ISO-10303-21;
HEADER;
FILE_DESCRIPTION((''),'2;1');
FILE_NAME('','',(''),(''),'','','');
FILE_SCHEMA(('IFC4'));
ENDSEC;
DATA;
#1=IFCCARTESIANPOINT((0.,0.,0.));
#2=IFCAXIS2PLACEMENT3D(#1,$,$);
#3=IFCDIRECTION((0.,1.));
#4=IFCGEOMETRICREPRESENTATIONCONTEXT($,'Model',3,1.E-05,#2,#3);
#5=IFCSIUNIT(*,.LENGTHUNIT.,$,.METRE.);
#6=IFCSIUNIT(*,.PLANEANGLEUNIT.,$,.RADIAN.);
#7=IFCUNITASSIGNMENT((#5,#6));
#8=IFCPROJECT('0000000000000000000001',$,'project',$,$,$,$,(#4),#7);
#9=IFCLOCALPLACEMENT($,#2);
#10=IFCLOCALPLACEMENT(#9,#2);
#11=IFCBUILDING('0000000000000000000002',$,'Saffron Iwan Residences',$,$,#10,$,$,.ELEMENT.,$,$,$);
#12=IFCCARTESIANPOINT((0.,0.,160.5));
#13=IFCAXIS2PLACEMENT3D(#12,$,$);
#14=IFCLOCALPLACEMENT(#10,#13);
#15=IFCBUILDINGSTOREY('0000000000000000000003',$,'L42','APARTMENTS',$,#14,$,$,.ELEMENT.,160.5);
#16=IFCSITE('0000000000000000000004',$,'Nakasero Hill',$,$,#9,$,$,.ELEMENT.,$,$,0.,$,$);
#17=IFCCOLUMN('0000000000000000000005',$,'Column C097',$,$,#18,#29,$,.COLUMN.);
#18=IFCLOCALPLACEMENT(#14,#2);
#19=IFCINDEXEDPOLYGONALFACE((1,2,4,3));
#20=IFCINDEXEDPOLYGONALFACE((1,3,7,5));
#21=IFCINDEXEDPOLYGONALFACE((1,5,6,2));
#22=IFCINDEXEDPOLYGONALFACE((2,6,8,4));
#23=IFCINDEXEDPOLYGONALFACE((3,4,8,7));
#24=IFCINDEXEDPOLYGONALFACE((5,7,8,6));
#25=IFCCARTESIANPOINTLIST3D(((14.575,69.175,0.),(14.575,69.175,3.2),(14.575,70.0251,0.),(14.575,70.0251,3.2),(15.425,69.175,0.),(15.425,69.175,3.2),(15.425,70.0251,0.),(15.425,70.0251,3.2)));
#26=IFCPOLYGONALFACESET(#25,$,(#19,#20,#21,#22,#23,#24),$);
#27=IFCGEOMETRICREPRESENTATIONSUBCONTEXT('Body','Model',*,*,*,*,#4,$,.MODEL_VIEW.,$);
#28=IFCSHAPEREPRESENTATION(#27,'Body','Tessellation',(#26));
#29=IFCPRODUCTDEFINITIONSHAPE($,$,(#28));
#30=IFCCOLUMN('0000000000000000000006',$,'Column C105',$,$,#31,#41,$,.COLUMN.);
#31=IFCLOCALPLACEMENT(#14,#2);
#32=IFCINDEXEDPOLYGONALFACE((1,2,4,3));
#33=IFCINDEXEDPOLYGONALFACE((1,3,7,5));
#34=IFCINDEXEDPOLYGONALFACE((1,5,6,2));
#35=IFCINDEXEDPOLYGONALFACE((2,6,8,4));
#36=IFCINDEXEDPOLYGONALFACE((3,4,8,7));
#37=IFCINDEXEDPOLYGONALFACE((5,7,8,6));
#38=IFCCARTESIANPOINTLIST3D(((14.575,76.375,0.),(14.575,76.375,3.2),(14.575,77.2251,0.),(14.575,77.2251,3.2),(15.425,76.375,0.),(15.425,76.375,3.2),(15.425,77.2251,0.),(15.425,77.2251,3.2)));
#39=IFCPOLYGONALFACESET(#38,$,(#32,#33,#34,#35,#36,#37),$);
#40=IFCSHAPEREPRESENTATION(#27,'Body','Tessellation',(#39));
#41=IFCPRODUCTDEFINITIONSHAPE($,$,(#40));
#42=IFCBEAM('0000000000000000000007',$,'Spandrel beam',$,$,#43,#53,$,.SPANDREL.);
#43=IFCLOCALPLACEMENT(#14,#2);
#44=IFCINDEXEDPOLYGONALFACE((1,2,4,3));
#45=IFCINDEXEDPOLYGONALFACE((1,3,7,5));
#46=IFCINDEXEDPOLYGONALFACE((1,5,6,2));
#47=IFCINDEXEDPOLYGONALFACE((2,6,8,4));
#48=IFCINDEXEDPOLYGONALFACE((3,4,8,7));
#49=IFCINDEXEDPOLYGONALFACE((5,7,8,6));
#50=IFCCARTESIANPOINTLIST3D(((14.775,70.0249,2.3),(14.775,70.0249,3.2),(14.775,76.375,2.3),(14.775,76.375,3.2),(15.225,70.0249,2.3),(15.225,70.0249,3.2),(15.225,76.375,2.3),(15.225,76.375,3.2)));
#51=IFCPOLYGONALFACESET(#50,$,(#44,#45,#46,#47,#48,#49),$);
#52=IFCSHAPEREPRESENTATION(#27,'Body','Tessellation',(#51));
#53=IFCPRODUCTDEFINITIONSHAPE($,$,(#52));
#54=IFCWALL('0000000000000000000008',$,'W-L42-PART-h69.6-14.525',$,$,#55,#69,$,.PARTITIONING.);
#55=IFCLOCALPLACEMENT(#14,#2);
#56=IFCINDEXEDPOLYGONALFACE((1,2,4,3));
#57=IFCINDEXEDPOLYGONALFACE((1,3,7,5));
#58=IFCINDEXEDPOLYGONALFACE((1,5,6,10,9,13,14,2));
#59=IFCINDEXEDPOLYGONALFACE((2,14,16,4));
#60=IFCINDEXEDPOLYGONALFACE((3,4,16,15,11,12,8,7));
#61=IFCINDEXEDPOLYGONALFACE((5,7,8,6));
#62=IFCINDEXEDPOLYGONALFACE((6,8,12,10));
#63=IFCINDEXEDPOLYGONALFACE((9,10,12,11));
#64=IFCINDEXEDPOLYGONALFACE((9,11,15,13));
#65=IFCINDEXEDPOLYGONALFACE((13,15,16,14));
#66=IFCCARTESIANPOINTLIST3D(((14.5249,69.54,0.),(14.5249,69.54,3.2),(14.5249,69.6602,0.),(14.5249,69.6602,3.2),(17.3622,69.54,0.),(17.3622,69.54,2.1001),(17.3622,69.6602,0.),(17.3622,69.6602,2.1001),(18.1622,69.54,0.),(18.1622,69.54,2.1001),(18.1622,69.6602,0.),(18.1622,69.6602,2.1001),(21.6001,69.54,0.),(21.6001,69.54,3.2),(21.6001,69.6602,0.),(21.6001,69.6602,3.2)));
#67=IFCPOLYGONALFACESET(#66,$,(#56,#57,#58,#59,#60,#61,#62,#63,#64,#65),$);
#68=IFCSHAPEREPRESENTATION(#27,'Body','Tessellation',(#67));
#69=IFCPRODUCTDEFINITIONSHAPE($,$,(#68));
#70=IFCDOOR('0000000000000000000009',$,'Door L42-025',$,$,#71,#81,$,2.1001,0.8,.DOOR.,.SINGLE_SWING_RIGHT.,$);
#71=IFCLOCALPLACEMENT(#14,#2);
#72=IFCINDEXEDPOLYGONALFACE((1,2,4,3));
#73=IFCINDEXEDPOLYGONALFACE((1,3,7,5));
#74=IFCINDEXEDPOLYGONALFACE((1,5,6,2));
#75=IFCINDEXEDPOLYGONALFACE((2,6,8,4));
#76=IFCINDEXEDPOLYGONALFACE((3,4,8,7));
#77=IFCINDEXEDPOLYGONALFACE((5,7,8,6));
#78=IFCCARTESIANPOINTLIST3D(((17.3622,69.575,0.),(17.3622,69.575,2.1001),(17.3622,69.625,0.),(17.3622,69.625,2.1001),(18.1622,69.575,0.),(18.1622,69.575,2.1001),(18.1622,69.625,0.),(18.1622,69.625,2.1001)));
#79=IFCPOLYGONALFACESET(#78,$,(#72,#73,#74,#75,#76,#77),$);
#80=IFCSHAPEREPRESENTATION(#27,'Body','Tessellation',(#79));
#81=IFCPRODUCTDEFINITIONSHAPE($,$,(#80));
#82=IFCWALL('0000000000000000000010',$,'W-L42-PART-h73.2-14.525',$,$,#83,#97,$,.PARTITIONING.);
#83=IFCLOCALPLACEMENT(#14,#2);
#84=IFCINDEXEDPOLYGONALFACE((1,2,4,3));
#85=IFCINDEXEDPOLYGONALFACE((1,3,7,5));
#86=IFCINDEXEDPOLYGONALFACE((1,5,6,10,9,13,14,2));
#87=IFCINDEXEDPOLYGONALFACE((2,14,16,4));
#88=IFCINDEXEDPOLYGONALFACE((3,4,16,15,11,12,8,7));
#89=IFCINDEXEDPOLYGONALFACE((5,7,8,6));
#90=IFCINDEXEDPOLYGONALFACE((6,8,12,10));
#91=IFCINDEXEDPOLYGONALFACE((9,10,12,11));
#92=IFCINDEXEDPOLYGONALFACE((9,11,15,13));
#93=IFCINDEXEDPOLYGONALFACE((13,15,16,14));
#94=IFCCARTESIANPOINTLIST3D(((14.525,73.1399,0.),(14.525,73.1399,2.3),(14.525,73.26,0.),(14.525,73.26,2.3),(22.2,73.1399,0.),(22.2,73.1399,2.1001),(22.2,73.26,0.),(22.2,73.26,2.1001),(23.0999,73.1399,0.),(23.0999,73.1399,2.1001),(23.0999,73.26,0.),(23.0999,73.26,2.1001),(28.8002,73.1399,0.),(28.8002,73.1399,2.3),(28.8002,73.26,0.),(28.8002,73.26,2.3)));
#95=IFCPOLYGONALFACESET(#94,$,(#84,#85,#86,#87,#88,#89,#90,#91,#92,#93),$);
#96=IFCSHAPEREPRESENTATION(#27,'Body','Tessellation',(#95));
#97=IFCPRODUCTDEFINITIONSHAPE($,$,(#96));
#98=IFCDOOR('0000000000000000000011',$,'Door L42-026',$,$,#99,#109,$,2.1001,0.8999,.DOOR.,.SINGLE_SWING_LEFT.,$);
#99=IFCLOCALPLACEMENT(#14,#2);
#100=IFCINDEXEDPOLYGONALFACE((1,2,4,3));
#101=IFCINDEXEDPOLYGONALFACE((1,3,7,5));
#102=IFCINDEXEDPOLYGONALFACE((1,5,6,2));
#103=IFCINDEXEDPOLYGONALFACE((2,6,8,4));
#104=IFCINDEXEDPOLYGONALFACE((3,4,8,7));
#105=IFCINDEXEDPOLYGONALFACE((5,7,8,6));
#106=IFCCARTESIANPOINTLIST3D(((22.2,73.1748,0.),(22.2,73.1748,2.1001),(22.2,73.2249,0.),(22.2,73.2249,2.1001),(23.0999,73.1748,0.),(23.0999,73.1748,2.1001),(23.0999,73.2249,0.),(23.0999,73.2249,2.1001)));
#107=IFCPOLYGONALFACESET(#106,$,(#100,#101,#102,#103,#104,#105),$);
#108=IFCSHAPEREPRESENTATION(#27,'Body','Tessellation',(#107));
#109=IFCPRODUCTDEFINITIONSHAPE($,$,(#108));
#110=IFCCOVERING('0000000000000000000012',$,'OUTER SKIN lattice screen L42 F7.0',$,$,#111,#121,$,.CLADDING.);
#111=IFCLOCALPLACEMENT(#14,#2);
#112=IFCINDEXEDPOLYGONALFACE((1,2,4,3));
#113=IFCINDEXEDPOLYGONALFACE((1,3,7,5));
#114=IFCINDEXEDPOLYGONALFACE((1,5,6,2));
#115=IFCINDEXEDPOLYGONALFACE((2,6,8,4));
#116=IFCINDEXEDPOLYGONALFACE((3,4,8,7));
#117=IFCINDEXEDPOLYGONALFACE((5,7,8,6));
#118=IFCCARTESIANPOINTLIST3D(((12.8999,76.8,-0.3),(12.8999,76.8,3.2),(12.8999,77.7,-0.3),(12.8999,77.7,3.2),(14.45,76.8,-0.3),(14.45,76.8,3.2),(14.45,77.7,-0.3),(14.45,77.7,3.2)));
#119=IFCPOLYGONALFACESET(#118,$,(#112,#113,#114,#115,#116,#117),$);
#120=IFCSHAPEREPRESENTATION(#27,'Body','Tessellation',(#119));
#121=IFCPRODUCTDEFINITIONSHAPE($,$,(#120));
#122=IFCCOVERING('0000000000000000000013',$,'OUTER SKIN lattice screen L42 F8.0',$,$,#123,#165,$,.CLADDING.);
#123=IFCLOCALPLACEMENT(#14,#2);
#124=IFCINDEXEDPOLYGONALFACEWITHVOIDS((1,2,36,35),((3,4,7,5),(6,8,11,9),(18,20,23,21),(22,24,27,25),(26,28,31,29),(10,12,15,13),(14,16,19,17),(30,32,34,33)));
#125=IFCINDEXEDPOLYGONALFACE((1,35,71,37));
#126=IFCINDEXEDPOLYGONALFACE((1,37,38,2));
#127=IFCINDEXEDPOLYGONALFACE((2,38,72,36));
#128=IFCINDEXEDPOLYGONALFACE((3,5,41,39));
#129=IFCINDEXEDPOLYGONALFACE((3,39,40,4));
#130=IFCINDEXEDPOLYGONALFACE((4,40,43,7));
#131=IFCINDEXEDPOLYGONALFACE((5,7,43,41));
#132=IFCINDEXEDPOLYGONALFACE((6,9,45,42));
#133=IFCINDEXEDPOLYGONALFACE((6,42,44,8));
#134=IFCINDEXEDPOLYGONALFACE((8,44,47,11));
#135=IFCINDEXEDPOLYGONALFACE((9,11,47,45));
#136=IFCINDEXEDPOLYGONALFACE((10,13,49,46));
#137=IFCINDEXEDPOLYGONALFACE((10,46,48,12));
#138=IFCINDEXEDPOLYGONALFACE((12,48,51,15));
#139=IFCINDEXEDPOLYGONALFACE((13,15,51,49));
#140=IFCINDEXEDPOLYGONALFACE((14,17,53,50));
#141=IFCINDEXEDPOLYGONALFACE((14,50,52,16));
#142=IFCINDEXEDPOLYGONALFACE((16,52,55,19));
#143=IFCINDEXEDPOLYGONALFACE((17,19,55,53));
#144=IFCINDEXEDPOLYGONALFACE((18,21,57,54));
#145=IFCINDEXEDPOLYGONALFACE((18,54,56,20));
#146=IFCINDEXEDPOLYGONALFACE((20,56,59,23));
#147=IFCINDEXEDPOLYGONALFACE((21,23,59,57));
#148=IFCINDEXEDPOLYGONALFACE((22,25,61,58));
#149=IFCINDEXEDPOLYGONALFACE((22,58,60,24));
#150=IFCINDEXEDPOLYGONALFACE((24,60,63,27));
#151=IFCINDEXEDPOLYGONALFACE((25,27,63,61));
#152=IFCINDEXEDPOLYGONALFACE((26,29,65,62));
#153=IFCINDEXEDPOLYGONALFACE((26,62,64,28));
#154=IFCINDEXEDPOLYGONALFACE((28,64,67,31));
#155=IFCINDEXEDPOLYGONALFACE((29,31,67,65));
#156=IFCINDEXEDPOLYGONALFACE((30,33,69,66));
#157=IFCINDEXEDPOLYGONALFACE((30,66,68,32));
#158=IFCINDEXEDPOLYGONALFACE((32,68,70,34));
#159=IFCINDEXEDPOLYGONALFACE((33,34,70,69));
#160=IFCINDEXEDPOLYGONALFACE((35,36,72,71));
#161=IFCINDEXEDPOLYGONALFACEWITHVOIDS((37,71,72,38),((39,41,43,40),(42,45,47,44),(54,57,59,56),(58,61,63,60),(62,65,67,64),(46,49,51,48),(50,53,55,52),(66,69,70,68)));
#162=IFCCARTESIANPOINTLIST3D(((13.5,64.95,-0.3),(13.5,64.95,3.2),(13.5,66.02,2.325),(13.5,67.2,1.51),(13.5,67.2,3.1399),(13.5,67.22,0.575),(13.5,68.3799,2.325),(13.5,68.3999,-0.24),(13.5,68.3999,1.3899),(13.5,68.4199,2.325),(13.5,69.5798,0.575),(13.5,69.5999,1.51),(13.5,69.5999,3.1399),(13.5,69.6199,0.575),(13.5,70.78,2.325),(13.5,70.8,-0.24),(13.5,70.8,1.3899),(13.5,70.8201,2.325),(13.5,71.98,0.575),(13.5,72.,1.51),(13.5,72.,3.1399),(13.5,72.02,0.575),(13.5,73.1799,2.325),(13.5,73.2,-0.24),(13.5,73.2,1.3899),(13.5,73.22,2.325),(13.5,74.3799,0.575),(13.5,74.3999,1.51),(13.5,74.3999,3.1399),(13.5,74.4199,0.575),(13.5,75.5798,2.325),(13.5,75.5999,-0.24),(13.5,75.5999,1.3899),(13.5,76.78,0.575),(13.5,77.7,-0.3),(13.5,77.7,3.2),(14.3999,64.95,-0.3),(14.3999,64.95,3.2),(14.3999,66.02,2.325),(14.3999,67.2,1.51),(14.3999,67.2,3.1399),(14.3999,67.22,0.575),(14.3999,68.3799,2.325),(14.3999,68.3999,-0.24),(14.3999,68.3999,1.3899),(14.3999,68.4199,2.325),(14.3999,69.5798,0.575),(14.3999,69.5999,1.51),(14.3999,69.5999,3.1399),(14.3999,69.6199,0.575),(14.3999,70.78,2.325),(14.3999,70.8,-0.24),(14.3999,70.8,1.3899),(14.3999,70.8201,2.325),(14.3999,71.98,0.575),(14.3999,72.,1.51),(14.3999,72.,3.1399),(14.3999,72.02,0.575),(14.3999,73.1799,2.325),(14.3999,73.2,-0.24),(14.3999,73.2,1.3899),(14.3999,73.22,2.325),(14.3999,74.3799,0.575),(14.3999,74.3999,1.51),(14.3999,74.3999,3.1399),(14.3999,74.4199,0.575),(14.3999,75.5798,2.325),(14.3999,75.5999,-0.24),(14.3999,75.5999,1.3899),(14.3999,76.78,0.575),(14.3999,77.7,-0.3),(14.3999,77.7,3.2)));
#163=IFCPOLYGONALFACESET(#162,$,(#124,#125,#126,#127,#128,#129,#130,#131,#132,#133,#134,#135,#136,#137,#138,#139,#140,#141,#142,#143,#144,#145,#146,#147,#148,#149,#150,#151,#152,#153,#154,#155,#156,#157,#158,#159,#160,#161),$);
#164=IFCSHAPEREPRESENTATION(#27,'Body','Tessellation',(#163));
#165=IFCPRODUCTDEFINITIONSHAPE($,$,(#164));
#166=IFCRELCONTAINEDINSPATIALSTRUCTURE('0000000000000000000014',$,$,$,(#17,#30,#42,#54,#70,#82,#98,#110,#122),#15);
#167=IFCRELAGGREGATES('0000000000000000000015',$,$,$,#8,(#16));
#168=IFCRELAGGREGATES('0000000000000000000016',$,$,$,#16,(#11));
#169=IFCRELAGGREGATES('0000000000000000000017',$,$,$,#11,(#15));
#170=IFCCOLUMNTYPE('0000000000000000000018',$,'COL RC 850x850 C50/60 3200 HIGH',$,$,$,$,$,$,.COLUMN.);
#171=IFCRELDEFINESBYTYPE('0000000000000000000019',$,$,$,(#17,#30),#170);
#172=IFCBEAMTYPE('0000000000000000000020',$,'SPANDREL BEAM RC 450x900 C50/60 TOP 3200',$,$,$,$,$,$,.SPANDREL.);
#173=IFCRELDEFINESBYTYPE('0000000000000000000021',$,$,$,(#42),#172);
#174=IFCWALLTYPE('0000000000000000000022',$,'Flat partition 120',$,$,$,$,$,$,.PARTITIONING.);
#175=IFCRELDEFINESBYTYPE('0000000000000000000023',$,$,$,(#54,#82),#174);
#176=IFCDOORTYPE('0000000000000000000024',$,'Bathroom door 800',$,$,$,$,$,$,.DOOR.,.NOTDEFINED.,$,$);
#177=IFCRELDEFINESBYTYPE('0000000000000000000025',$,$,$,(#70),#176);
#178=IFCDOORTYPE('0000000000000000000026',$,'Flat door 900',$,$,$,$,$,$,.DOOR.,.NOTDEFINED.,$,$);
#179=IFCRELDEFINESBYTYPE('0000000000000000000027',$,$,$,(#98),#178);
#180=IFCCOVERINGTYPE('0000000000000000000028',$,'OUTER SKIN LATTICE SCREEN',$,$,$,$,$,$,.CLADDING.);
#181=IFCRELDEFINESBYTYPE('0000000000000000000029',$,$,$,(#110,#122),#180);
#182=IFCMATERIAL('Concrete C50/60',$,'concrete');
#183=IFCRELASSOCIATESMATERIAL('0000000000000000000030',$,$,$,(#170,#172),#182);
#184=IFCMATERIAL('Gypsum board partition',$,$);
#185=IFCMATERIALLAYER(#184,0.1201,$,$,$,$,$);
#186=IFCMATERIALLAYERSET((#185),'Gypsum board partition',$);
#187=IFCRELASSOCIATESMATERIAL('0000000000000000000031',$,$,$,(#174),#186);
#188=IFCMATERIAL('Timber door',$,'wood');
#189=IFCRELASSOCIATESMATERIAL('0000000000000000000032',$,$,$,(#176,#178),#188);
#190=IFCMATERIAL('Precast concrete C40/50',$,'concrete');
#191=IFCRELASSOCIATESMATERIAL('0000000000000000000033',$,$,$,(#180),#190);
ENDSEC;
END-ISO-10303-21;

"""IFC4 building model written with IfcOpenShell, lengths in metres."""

from ifc_helpers import new_model, si_unit, direction, frame, frame_2d, origin, origin_2d, place, context, subcontext, project, spatial, polyline, rectangle, outline, extrude, source, transform, mapped, material, layer, layer_set, material_profile, profile_set, type_object, element, fill, save


model = new_model("IFC4")

# Units and contexts
model_context = context("Model", 3, precision=1e-05, world=origin(), true_north=direction((0.0, 1.0)))
body_context = subcontext(model_context, "Body", "Model", "MODEL_VIEW")
ifc_project = project(units=[si_unit("LENGTHUNIT", "METRE"), si_unit("PLANEANGLEUNIT", "RADIAN")], contexts=[model_context])

# Site, building, storey
site_placement = place(None, origin())
site = spatial("IfcSite", under=ifc_project, at=site_placement, Name="Nakasero Hill", CompositionType="ELEMENT", RefElevation=0.0)
building_placement = place(site_placement, origin())
building = spatial("IfcBuilding", under=site, at=building_placement, Name="Saffron Iwan Residences", CompositionType="ELEMENT")
storey_placement = place(building_placement, frame((0.0, 0.0, 160.5)))
storey = spatial("IfcBuildingStorey", under=building, at=storey_placement, Name="L42", Description="APARTMENTS", CompositionType="ELEMENT", Elevation=160.5)

# Columns
ifc_material_1 = material(Name="Concrete C50/60", Category="concrete")
ifc_material_profile_1 = material_profile(ifc_material_1, rectangle(XDim=0.8501, YDim=0.8501, at=origin_2d()), Name="RC 850x850")
ifc_profile_set_1 = profile_set([ifc_material_profile_1], Name="Concrete C50/60")
column_type = type_object("IfcColumnType", Name="COL RC 850x850 C50/60 3200 HIGH", PredefinedType="COLUMN", material=ifc_profile_set_1)
shared_shape_1 = source(origin(), body_context, "Body", "SweptSolid", [
    extrude(rectangle(XDim=0.8501, YDim=0.8501, at=origin_2d()), origin(), (0.0, 0.0, 1.0), 3.2),
])
for number, where, z_axis, x_axis, name in (
    (1, (15.0, 69.6001, 0.0), (0.0, 0.0, 1.0), (1.0, 0.0, 0.0), "Column C097"),
    (2, (15.0, 76.8, 0.0), (0.0, 0.0, 1.0), (1.0, 0.0, 0.0), "Column C105"),
):
    element("IfcColumn", number, at=place(storey_placement, frame(where, z_axis=z_axis, x_axis=x_axis)), inside=storey, type_object=column_type, Name=name, PredefinedType="COLUMN", context=body_context, shape_type="MappedRepresentation", body=[
        mapped(shared_shape_1, transform((0.0, 0.0, 0.0))),
    ])

# Beam
ifc_material_profile_2 = material_profile(ifc_material_1, rectangle(XDim=0.45, YDim=0.8999, at=origin_2d()), Name="RC 450x900")
ifc_profile_set_2 = profile_set([ifc_material_profile_2], Name="Concrete C50/60")
beam_type = type_object("IfcBeamType", Name="SPANDREL BEAM RC 450x900 C50/60 TOP 3200", PredefinedType="SPANDREL", material=ifc_profile_set_2)
shared_shape_2 = source(origin(), body_context, "Body", "SweptSolid", [
    extrude(rectangle(XDim=0.45, YDim=0.8999, at=origin_2d()), origin(), (0.0, 0.0, 1.0), 6.3501),
])
beam_placement = place(storey_placement, frame((15.0, 70.0249, 2.75), z_axis=(0.0, 1.0, 0.0), x_axis=(-1.0, 0.0, 0.0)))
element("IfcBeam", 3, at=beam_placement, inside=storey, type_object=beam_type, Name="Spandrel beam", PredefinedType="SPANDREL", context=body_context, shape_type="MappedRepresentation", body=[
    mapped(shared_shape_2, transform((0.0, 0.0, 0.0))),
])

# Walls, openings, doors
ifc_material_2 = material(Name="Gypsum board partition")
ifc_layer_1 = layer(ifc_material_2, 0.1201)
ifc_layer_set_1 = layer_set([ifc_layer_1], Name="Gypsum board partition")
wall_type_1 = type_object("IfcWallType", Name="Flat partition 120", PredefinedType="PARTITIONING", material=ifc_layer_set_1)
wall_1_placement = place(storey_placement, frame((14.5249, 69.6001, 0.0), z_axis=(0.0, 0.0, 1.0), x_axis=(1.0, 0.0, 0.0)))
wall_1 = element("IfcWall", 4, at=wall_1_placement, inside=storey, type_object=wall_type_1, Name="W-L42-PART-h69.6-14.525", PredefinedType="PARTITIONING", context=body_context, shape_type="SweptSolid", body=[
    extrude(rectangle(XDim=7.0752, YDim=0.1201, at=frame_2d((3.5376, 0.0))), origin(), (0.0, 0.0, 1.0), 3.2),
])
opening_1_placement = place(wall_1_placement, frame((2.8374, 0.0, 0.0)))
opening_1 = element("IfcOpeningElement", 5, at=opening_1_placement, cuts=wall_1, PredefinedType="OPENING", context=body_context, shape_type="SweptSolid", body=[
    extrude(rectangle(XDim=0.8, YDim=2.1001, at=frame_2d((0.3999, 1.05))), frame((0.0, 0.0701, 0.0), z_axis=(0.0, -1.0, 0.0), x_axis=(1.0, 0.0, 0.0)), (0.0, 0.0, 1.0), 0.1401),
])
ifc_material_3 = material(Name="Timber door", Category="wood")
door_type_1 = type_object("IfcDoorType", Name="Bathroom door 800", OperationType="NOTDEFINED", PredefinedType="DOOR", material=ifc_material_3)
door_1_placement = place(opening_1_placement, origin())
door_1 = element("IfcDoor", 6, at=door_1_placement, inside=storey, type_object=door_type_1, Name="Door L42-025", OperationType="SINGLE_SWING_RIGHT", OverallHeight=2.1001, OverallWidth=0.8, PredefinedType="DOOR", context=body_context, shape_type="SweptSolid", body=[
    extrude(rectangle(XDim=0.8, YDim=2.1001, at=frame_2d((0.3999, 1.05))), frame((0.0, 0.0249, 0.0), z_axis=(0.0, -1.0, 0.0), x_axis=(1.0, 0.0, 0.0)), (0.0, 0.0, 1.0), 0.05),
])
fill(opening_1, door_1)
wall_2_placement = place(storey_placement, frame((14.5249, 73.2, 0.0), z_axis=(0.0, 0.0, 1.0), x_axis=(1.0, 0.0, 0.0)))
wall_2 = element("IfcWall", 7, at=wall_2_placement, inside=storey, type_object=wall_type_1, Name="W-L42-PART-h73.2-14.525", PredefinedType="PARTITIONING", context=body_context, shape_type="SweptSolid", body=[
    extrude(rectangle(XDim=14.2751, YDim=0.1201, at=frame_2d((7.1377, 0.0))), origin(), (0.0, 0.0, 1.0), 2.3),
])
opening_2_placement = place(wall_2_placement, frame((7.675, 0.0, 0.0)))
opening_2 = element("IfcOpeningElement", 8, at=opening_2_placement, cuts=wall_2, PredefinedType="OPENING", context=body_context, shape_type="SweptSolid", body=[
    extrude(rectangle(XDim=0.8999, YDim=2.1001, at=frame_2d((0.45, 1.05))), frame((0.0, 0.0701, 0.0), z_axis=(0.0, -1.0, 0.0), x_axis=(1.0, 0.0, 0.0)), (0.0, 0.0, 1.0), 0.1401),
])
door_type_2 = type_object("IfcDoorType", Name="Flat door 900", OperationType="NOTDEFINED", PredefinedType="DOOR", material=ifc_material_3)
door_2_placement = place(opening_2_placement, origin())
door_2 = element("IfcDoor", 9, at=door_2_placement, inside=storey, type_object=door_type_2, Name="Door L42-026", OperationType="SINGLE_SWING_LEFT", OverallHeight=2.1001, OverallWidth=0.8999, PredefinedType="DOOR", context=body_context, shape_type="SweptSolid", body=[
    extrude(rectangle(XDim=0.8999, YDim=2.1001, at=frame_2d((0.45, 1.05))), frame((0.0, 0.0249, 0.0), z_axis=(0.0, -1.0, 0.0), x_axis=(1.0, 0.0, 0.0)), (0.0, 0.0, 1.0), 0.05),
])
fill(opening_2, door_2)

# Coverings
ifc_material_4 = material(Name="Precast concrete C40/50", Category="concrete")
covering_type_1 = type_object("IfcCoveringType", Name="OUTER SKIN LATTICE SCREEN", PredefinedType="CLADDING", material=ifc_material_4)
covering_1_placement = place(storey_placement, frame((14.45, 76.8, -0.3), z_axis=(0.0, 1.0, 0.0), x_axis=(-1.0, 0.0, 0.0)))
element("IfcCovering", 10, at=covering_1_placement, inside=storey, type_object=covering_type_1, Name="OUTER SKIN lattice screen L42 F7.0", PredefinedType="CLADDING", context=body_context, shape_type="SweptSolid", body=[
    extrude(outline(polyline([(0.0, 0.0), (1.55, 0.0), (1.55, 3.5), (0.0, 3.5), (0.0, 0.0)])), origin(), (0.0, 0.0, 1.0), 0.8999),
])
covering_2_placement = place(storey_placement, frame((14.3999, 77.7, -0.3), z_axis=(-1.0, 0.0, 0.0), x_axis=(0.0, -1.0, 0.0)))
element("IfcCovering", 11, at=covering_2_placement, inside=storey, type_object=covering_type_1, Name="OUTER SKIN lattice screen L42 F8.0", PredefinedType="CLADDING", context=body_context, shape_type="SweptSolid", body=[
    extrude(outline(polyline([(0.0, 0.0), (12.75, 0.0), (12.75, 3.5), (0.0, 3.5), (0.0, 0.0)]), holes=[polyline([(0.9199, 0.875), (2.1001, 0.0601), (3.28, 0.875), (2.1001, 1.6899), (0.9199, 0.875)]), polyline([(3.3201, 0.875), (4.5, 0.0601), (5.6799, 0.875), (4.5, 1.6899), (3.3201, 0.875)]), polyline([(5.72, 0.875), (6.8999, 0.0601), (8.0801, 0.875), (6.8999, 1.6899), (5.72, 0.875)]), polyline([(8.1201, 0.875), (9.3, 0.0601), (10.48, 0.875), (9.3, 1.6899), (8.1201, 0.875)]), polyline([(2.1201, 2.625), (3.3, 1.8101), (4.48, 2.625), (3.3, 3.4399), (2.1201, 2.625)]), polyline([(4.52, 2.625), (5.7, 1.8101), (6.8799, 2.625), (5.7, 3.4399), (4.52, 2.625)]), polyline([(6.9199, 2.625), (8.1001, 1.8101), (9.28, 2.625), (8.1001, 3.4399), (6.9199, 2.625)]), polyline([(9.3201, 2.625), (10.5, 1.8101), (11.6799, 2.625), (10.5, 3.4399), (9.3201, 2.625)])]), origin(), (0.0, 0.0, 1.0), 0.8999),
])

save(model, "model.ifc")
